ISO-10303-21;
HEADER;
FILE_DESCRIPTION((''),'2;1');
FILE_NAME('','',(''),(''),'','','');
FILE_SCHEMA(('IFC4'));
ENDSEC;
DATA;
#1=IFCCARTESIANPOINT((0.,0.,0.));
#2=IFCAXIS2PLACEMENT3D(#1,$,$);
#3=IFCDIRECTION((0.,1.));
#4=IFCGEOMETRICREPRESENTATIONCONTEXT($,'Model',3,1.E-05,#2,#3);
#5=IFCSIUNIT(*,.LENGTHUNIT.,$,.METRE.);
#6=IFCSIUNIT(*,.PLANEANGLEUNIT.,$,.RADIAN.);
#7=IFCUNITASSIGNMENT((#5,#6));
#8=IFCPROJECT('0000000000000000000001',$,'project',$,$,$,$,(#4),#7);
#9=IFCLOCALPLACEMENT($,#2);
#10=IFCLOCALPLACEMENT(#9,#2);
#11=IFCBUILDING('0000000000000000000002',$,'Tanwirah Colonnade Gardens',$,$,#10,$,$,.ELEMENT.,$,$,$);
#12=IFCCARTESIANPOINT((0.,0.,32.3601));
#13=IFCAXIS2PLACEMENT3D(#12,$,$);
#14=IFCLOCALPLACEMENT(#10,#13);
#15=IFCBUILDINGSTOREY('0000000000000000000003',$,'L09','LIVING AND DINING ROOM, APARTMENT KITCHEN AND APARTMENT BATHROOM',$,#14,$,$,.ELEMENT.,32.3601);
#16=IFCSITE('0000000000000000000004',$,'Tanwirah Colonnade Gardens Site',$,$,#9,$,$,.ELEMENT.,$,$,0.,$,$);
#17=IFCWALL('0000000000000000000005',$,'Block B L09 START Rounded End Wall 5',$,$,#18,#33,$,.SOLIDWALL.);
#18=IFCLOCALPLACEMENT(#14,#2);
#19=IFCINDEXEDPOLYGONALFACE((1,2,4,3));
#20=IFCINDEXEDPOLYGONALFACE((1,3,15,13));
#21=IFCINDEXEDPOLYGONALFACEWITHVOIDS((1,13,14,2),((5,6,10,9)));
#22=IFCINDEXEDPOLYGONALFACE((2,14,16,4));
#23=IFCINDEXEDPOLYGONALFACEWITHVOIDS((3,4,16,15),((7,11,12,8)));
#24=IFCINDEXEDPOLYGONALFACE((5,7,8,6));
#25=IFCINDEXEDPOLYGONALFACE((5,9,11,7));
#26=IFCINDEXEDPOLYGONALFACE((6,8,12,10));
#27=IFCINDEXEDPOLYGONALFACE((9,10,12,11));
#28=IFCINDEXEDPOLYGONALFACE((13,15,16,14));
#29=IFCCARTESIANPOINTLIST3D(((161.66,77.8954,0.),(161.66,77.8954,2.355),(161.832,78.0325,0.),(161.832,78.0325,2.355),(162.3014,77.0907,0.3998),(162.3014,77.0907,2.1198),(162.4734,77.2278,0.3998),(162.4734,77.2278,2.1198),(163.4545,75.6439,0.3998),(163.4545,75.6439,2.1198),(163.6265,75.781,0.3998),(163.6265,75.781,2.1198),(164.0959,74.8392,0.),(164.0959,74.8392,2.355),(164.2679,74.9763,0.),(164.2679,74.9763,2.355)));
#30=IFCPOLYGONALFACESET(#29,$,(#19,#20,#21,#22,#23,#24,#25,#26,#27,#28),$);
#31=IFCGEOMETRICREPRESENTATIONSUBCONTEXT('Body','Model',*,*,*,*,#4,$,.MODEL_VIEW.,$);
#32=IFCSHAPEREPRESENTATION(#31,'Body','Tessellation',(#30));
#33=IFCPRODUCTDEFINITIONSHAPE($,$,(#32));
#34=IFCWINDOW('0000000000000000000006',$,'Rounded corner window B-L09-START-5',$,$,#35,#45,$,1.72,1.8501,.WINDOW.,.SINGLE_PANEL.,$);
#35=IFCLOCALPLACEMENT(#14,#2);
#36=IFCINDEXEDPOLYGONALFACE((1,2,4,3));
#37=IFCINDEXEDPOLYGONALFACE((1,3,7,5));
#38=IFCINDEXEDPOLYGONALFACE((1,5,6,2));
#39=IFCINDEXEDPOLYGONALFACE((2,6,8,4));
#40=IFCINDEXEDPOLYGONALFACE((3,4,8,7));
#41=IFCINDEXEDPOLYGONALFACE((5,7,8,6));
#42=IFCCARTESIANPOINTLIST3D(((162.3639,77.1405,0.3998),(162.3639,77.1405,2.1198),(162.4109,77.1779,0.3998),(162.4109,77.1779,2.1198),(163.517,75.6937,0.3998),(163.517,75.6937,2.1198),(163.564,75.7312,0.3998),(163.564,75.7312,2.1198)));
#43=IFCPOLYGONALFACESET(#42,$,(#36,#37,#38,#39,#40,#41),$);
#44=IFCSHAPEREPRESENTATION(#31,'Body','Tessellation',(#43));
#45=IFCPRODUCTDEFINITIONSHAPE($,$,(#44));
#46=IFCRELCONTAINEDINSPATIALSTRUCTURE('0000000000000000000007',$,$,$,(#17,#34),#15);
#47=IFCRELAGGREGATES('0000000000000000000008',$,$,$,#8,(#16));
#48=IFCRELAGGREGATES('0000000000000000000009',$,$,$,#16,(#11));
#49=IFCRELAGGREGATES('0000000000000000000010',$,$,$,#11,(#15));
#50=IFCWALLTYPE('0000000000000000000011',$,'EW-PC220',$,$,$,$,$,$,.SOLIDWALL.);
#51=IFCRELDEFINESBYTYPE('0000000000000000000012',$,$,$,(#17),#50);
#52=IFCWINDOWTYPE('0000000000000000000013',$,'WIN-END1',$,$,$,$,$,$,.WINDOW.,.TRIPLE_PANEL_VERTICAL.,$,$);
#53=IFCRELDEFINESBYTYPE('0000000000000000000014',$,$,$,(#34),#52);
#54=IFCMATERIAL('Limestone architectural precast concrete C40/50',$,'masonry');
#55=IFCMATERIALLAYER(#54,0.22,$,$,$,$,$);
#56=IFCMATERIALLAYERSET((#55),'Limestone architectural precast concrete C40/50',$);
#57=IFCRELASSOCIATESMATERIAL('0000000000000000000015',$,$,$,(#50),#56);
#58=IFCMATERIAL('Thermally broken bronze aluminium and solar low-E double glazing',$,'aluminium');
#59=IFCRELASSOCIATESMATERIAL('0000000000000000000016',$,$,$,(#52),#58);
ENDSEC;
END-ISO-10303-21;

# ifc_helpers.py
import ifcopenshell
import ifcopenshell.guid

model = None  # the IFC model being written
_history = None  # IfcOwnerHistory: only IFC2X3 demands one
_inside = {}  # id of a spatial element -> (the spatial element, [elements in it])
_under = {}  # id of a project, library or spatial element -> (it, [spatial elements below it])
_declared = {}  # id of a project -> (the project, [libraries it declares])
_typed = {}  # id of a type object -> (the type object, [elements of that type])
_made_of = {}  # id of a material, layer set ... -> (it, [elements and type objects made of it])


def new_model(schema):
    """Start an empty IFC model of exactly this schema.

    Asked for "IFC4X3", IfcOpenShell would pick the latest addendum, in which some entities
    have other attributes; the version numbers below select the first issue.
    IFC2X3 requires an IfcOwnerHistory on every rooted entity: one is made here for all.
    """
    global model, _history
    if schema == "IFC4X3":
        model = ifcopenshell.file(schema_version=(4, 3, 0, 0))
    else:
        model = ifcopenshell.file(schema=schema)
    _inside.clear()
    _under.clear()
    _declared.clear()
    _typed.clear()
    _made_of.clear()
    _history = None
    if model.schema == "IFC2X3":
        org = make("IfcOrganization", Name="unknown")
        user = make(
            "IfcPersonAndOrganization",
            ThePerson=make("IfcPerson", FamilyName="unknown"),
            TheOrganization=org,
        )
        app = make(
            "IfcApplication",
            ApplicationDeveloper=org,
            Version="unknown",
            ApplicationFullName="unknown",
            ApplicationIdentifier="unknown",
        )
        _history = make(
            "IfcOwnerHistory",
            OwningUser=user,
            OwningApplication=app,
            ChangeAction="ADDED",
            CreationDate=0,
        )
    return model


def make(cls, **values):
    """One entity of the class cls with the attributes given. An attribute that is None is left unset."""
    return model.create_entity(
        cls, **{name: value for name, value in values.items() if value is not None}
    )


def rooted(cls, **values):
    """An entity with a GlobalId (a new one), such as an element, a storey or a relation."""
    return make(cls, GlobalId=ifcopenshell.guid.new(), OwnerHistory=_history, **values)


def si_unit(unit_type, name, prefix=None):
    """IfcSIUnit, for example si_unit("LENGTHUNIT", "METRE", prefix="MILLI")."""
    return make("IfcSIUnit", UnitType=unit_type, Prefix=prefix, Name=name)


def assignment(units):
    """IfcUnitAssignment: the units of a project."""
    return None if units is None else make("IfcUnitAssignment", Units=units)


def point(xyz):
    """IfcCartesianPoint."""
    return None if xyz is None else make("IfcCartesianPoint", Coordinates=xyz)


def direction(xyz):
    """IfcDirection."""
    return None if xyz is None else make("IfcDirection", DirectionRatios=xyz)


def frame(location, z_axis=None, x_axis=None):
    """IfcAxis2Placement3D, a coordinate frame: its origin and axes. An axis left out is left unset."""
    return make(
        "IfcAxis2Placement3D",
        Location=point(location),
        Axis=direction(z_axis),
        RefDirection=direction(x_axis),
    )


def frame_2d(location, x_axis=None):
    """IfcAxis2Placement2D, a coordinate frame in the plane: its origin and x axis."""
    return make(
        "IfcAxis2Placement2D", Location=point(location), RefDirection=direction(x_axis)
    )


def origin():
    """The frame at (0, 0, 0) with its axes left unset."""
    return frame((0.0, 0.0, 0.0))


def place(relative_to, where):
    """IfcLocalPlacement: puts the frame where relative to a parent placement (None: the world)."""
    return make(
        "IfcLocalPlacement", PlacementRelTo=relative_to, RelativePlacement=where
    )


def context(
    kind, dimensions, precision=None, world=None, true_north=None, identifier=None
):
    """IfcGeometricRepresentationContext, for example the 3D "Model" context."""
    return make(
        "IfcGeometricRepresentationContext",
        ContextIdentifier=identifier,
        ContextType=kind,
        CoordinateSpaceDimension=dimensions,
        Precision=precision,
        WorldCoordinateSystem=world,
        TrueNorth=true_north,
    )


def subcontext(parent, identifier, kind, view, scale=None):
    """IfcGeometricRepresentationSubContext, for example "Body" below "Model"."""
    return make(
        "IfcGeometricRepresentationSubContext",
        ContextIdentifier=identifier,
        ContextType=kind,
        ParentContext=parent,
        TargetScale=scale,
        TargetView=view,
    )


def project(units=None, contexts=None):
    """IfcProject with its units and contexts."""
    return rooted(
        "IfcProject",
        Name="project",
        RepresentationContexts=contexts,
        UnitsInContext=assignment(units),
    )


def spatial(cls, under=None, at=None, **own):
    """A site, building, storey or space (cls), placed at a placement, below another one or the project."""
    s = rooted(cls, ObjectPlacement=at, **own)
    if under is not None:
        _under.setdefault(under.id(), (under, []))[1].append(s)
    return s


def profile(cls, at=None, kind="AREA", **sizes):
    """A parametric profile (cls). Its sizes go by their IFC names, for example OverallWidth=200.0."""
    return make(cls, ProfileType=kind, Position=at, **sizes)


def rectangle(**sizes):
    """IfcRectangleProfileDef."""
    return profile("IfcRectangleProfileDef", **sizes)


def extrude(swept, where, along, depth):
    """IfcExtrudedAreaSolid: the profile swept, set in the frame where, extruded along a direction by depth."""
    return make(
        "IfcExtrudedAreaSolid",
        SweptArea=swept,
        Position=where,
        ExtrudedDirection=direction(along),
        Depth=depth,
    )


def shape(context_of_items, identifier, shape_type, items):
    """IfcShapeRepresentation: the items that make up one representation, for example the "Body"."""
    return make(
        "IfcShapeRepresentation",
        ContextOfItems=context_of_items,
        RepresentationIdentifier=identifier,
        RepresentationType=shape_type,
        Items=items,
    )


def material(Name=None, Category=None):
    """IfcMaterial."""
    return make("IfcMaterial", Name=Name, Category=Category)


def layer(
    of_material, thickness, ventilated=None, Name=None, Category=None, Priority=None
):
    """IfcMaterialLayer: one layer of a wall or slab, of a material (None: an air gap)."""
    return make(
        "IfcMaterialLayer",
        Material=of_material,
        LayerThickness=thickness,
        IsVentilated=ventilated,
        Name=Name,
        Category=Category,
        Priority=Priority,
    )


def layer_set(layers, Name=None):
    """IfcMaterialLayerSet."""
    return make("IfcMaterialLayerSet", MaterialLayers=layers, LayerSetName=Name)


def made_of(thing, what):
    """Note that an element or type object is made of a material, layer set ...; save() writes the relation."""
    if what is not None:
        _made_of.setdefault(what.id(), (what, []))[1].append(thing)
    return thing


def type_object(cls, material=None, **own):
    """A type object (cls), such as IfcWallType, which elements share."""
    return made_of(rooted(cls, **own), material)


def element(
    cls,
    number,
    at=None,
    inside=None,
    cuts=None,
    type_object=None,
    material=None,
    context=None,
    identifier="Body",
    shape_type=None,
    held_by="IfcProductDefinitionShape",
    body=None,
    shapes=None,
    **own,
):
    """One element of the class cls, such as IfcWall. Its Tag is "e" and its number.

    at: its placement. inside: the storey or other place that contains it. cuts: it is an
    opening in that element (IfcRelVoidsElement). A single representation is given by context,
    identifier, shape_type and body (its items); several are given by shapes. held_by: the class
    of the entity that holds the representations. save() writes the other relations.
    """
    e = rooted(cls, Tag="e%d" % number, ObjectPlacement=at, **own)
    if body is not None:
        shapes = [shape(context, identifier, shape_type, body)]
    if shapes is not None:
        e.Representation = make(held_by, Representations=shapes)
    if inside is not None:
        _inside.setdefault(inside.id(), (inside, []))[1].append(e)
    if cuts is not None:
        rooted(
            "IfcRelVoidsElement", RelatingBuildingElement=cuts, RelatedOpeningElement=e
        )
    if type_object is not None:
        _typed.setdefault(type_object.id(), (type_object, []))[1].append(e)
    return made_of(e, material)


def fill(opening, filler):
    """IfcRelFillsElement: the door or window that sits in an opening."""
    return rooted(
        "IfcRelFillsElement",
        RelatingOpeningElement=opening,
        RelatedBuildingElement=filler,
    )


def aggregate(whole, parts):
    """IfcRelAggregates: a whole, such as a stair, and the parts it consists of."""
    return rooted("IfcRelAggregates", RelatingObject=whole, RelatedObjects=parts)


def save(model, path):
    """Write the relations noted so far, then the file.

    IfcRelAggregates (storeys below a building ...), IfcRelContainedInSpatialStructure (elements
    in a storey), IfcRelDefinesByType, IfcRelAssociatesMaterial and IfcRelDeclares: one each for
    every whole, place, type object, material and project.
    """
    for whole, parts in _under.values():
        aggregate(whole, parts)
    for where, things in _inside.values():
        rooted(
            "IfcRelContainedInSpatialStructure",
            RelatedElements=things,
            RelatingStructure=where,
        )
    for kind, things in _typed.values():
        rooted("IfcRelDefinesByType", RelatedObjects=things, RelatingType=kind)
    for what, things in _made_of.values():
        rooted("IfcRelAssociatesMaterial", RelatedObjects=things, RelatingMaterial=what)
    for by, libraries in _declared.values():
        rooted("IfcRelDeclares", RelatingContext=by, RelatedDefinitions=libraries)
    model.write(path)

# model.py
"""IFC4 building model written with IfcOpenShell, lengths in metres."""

from ifc_helpers import new_model, si_unit, direction, frame, frame_2d, origin, place, context, subcontext, project, spatial, rectangle, extrude, material, layer, layer_set, type_object, element, fill, save


model = new_model("IFC4")

# Units and contexts
model_context = context("Model", 3, precision=1e-05, world=origin(), true_north=direction((0.0, 1.0)))
body_context = subcontext(model_context, "Body", "Model", "MODEL_VIEW")
ifc_project = project(units=[si_unit("LENGTHUNIT", "METRE"), si_unit("PLANEANGLEUNIT", "RADIAN")], contexts=[model_context])

# Site, building, storey
site_placement = place(None, origin())
site = spatial("IfcSite", under=ifc_project, at=site_placement, Name="Tanwirah Colonnade Gardens Site", CompositionType="ELEMENT", RefElevation=0.0)
building_placement = place(site_placement, origin())
building = spatial("IfcBuilding", under=site, at=building_placement, Name="Tanwirah Colonnade Gardens", CompositionType="ELEMENT")
storey_placement = place(building_placement, frame((0.0, 0.0, 32.3601)))
storey = spatial("IfcBuildingStorey", under=building, at=storey_placement, Name="L09", Description="LIVING AND DINING ROOM, APARTMENT KITCHEN AND APARTMENT BATHROOM", CompositionType="ELEMENT", Elevation=32.3601)

# Shared definitions
ifc_material_1 = material(Name="Limestone architectural precast concrete C40/50", Category="masonry")
ifc_layer_1 = layer(ifc_material_1, 0.22)
ifc_layer_set_1 = layer_set([ifc_layer_1], Name="Limestone architectural precast concrete C40/50")
wall_type_1 = type_object("IfcWallType", Name="EW-PC220", PredefinedType="SOLIDWALL", material=ifc_layer_set_1)

# Wall, opening, window
wall_1_placement = place(storey_placement, frame((164.1819, 74.9077, 0.0), z_axis=(0.0, 0.0, 1.0), x_axis=(-0.623269, 0.782007, 0.0)))
wall_1 = element("IfcWall", 1, at=wall_1_placement, inside=storey, type_object=wall_type_1, Name="Block B L09 START Rounded End Wall 5", PredefinedType="SOLIDWALL", context=body_context, shape_type="SweptSolid", body=[
    extrude(rectangle(XDim=3.9082, YDim=0.22, at=frame_2d((1.9541, 0.0))), origin(), (0.0, 0.0, 1.0), 2.355),
])
opening_1_placement = place(wall_1_placement, frame((1.0291, 0.0, 0.3999)))
opening_1 = element("IfcOpeningElement", 2, at=opening_1_placement, cuts=wall_1, PredefinedType="OPENING", context=body_context, shape_type="SweptSolid", body=[
    extrude(rectangle(XDim=1.8501, YDim=1.72, at=frame_2d((0.925, 0.8599))), frame((0.0, 0.1199, 0.0), z_axis=(0.0, -1.0, 0.0), x_axis=(1.0, 0.0, 0.0)), (0.0, 0.0, 1.0), 0.24),
])
ifc_material_2 = material(Name="Thermally broken bronze aluminium and solar low-E double glazing", Category="aluminium")
window_type = type_object("IfcWindowType", Name="WIN-END1", PartitioningType="TRIPLE_PANEL_VERTICAL", PredefinedType="WINDOW", material=ifc_material_2)
window_placement = place(opening_1_placement, origin())
window = element("IfcWindow", 3, at=window_placement, inside=storey, type_object=window_type, Name="Rounded corner window B-L09-START-5", OverallHeight=1.72, OverallWidth=1.8501, PartitioningType="SINGLE_PANEL", PredefinedType="WINDOW", context=body_context, shape_type="SweptSolid", body=[
    extrude(rectangle(XDim=1.8501, YDim=1.72, at=frame_2d((0.925, 0.8599))), frame((0.0, 0.03, 0.0), z_axis=(0.0, -1.0, 0.0), x_axis=(1.0, 0.0, 0.0)), (0.0, 0.0, 1.0), 0.0601),
])
fill(opening_1, window)

save(model, "model.ifc")
